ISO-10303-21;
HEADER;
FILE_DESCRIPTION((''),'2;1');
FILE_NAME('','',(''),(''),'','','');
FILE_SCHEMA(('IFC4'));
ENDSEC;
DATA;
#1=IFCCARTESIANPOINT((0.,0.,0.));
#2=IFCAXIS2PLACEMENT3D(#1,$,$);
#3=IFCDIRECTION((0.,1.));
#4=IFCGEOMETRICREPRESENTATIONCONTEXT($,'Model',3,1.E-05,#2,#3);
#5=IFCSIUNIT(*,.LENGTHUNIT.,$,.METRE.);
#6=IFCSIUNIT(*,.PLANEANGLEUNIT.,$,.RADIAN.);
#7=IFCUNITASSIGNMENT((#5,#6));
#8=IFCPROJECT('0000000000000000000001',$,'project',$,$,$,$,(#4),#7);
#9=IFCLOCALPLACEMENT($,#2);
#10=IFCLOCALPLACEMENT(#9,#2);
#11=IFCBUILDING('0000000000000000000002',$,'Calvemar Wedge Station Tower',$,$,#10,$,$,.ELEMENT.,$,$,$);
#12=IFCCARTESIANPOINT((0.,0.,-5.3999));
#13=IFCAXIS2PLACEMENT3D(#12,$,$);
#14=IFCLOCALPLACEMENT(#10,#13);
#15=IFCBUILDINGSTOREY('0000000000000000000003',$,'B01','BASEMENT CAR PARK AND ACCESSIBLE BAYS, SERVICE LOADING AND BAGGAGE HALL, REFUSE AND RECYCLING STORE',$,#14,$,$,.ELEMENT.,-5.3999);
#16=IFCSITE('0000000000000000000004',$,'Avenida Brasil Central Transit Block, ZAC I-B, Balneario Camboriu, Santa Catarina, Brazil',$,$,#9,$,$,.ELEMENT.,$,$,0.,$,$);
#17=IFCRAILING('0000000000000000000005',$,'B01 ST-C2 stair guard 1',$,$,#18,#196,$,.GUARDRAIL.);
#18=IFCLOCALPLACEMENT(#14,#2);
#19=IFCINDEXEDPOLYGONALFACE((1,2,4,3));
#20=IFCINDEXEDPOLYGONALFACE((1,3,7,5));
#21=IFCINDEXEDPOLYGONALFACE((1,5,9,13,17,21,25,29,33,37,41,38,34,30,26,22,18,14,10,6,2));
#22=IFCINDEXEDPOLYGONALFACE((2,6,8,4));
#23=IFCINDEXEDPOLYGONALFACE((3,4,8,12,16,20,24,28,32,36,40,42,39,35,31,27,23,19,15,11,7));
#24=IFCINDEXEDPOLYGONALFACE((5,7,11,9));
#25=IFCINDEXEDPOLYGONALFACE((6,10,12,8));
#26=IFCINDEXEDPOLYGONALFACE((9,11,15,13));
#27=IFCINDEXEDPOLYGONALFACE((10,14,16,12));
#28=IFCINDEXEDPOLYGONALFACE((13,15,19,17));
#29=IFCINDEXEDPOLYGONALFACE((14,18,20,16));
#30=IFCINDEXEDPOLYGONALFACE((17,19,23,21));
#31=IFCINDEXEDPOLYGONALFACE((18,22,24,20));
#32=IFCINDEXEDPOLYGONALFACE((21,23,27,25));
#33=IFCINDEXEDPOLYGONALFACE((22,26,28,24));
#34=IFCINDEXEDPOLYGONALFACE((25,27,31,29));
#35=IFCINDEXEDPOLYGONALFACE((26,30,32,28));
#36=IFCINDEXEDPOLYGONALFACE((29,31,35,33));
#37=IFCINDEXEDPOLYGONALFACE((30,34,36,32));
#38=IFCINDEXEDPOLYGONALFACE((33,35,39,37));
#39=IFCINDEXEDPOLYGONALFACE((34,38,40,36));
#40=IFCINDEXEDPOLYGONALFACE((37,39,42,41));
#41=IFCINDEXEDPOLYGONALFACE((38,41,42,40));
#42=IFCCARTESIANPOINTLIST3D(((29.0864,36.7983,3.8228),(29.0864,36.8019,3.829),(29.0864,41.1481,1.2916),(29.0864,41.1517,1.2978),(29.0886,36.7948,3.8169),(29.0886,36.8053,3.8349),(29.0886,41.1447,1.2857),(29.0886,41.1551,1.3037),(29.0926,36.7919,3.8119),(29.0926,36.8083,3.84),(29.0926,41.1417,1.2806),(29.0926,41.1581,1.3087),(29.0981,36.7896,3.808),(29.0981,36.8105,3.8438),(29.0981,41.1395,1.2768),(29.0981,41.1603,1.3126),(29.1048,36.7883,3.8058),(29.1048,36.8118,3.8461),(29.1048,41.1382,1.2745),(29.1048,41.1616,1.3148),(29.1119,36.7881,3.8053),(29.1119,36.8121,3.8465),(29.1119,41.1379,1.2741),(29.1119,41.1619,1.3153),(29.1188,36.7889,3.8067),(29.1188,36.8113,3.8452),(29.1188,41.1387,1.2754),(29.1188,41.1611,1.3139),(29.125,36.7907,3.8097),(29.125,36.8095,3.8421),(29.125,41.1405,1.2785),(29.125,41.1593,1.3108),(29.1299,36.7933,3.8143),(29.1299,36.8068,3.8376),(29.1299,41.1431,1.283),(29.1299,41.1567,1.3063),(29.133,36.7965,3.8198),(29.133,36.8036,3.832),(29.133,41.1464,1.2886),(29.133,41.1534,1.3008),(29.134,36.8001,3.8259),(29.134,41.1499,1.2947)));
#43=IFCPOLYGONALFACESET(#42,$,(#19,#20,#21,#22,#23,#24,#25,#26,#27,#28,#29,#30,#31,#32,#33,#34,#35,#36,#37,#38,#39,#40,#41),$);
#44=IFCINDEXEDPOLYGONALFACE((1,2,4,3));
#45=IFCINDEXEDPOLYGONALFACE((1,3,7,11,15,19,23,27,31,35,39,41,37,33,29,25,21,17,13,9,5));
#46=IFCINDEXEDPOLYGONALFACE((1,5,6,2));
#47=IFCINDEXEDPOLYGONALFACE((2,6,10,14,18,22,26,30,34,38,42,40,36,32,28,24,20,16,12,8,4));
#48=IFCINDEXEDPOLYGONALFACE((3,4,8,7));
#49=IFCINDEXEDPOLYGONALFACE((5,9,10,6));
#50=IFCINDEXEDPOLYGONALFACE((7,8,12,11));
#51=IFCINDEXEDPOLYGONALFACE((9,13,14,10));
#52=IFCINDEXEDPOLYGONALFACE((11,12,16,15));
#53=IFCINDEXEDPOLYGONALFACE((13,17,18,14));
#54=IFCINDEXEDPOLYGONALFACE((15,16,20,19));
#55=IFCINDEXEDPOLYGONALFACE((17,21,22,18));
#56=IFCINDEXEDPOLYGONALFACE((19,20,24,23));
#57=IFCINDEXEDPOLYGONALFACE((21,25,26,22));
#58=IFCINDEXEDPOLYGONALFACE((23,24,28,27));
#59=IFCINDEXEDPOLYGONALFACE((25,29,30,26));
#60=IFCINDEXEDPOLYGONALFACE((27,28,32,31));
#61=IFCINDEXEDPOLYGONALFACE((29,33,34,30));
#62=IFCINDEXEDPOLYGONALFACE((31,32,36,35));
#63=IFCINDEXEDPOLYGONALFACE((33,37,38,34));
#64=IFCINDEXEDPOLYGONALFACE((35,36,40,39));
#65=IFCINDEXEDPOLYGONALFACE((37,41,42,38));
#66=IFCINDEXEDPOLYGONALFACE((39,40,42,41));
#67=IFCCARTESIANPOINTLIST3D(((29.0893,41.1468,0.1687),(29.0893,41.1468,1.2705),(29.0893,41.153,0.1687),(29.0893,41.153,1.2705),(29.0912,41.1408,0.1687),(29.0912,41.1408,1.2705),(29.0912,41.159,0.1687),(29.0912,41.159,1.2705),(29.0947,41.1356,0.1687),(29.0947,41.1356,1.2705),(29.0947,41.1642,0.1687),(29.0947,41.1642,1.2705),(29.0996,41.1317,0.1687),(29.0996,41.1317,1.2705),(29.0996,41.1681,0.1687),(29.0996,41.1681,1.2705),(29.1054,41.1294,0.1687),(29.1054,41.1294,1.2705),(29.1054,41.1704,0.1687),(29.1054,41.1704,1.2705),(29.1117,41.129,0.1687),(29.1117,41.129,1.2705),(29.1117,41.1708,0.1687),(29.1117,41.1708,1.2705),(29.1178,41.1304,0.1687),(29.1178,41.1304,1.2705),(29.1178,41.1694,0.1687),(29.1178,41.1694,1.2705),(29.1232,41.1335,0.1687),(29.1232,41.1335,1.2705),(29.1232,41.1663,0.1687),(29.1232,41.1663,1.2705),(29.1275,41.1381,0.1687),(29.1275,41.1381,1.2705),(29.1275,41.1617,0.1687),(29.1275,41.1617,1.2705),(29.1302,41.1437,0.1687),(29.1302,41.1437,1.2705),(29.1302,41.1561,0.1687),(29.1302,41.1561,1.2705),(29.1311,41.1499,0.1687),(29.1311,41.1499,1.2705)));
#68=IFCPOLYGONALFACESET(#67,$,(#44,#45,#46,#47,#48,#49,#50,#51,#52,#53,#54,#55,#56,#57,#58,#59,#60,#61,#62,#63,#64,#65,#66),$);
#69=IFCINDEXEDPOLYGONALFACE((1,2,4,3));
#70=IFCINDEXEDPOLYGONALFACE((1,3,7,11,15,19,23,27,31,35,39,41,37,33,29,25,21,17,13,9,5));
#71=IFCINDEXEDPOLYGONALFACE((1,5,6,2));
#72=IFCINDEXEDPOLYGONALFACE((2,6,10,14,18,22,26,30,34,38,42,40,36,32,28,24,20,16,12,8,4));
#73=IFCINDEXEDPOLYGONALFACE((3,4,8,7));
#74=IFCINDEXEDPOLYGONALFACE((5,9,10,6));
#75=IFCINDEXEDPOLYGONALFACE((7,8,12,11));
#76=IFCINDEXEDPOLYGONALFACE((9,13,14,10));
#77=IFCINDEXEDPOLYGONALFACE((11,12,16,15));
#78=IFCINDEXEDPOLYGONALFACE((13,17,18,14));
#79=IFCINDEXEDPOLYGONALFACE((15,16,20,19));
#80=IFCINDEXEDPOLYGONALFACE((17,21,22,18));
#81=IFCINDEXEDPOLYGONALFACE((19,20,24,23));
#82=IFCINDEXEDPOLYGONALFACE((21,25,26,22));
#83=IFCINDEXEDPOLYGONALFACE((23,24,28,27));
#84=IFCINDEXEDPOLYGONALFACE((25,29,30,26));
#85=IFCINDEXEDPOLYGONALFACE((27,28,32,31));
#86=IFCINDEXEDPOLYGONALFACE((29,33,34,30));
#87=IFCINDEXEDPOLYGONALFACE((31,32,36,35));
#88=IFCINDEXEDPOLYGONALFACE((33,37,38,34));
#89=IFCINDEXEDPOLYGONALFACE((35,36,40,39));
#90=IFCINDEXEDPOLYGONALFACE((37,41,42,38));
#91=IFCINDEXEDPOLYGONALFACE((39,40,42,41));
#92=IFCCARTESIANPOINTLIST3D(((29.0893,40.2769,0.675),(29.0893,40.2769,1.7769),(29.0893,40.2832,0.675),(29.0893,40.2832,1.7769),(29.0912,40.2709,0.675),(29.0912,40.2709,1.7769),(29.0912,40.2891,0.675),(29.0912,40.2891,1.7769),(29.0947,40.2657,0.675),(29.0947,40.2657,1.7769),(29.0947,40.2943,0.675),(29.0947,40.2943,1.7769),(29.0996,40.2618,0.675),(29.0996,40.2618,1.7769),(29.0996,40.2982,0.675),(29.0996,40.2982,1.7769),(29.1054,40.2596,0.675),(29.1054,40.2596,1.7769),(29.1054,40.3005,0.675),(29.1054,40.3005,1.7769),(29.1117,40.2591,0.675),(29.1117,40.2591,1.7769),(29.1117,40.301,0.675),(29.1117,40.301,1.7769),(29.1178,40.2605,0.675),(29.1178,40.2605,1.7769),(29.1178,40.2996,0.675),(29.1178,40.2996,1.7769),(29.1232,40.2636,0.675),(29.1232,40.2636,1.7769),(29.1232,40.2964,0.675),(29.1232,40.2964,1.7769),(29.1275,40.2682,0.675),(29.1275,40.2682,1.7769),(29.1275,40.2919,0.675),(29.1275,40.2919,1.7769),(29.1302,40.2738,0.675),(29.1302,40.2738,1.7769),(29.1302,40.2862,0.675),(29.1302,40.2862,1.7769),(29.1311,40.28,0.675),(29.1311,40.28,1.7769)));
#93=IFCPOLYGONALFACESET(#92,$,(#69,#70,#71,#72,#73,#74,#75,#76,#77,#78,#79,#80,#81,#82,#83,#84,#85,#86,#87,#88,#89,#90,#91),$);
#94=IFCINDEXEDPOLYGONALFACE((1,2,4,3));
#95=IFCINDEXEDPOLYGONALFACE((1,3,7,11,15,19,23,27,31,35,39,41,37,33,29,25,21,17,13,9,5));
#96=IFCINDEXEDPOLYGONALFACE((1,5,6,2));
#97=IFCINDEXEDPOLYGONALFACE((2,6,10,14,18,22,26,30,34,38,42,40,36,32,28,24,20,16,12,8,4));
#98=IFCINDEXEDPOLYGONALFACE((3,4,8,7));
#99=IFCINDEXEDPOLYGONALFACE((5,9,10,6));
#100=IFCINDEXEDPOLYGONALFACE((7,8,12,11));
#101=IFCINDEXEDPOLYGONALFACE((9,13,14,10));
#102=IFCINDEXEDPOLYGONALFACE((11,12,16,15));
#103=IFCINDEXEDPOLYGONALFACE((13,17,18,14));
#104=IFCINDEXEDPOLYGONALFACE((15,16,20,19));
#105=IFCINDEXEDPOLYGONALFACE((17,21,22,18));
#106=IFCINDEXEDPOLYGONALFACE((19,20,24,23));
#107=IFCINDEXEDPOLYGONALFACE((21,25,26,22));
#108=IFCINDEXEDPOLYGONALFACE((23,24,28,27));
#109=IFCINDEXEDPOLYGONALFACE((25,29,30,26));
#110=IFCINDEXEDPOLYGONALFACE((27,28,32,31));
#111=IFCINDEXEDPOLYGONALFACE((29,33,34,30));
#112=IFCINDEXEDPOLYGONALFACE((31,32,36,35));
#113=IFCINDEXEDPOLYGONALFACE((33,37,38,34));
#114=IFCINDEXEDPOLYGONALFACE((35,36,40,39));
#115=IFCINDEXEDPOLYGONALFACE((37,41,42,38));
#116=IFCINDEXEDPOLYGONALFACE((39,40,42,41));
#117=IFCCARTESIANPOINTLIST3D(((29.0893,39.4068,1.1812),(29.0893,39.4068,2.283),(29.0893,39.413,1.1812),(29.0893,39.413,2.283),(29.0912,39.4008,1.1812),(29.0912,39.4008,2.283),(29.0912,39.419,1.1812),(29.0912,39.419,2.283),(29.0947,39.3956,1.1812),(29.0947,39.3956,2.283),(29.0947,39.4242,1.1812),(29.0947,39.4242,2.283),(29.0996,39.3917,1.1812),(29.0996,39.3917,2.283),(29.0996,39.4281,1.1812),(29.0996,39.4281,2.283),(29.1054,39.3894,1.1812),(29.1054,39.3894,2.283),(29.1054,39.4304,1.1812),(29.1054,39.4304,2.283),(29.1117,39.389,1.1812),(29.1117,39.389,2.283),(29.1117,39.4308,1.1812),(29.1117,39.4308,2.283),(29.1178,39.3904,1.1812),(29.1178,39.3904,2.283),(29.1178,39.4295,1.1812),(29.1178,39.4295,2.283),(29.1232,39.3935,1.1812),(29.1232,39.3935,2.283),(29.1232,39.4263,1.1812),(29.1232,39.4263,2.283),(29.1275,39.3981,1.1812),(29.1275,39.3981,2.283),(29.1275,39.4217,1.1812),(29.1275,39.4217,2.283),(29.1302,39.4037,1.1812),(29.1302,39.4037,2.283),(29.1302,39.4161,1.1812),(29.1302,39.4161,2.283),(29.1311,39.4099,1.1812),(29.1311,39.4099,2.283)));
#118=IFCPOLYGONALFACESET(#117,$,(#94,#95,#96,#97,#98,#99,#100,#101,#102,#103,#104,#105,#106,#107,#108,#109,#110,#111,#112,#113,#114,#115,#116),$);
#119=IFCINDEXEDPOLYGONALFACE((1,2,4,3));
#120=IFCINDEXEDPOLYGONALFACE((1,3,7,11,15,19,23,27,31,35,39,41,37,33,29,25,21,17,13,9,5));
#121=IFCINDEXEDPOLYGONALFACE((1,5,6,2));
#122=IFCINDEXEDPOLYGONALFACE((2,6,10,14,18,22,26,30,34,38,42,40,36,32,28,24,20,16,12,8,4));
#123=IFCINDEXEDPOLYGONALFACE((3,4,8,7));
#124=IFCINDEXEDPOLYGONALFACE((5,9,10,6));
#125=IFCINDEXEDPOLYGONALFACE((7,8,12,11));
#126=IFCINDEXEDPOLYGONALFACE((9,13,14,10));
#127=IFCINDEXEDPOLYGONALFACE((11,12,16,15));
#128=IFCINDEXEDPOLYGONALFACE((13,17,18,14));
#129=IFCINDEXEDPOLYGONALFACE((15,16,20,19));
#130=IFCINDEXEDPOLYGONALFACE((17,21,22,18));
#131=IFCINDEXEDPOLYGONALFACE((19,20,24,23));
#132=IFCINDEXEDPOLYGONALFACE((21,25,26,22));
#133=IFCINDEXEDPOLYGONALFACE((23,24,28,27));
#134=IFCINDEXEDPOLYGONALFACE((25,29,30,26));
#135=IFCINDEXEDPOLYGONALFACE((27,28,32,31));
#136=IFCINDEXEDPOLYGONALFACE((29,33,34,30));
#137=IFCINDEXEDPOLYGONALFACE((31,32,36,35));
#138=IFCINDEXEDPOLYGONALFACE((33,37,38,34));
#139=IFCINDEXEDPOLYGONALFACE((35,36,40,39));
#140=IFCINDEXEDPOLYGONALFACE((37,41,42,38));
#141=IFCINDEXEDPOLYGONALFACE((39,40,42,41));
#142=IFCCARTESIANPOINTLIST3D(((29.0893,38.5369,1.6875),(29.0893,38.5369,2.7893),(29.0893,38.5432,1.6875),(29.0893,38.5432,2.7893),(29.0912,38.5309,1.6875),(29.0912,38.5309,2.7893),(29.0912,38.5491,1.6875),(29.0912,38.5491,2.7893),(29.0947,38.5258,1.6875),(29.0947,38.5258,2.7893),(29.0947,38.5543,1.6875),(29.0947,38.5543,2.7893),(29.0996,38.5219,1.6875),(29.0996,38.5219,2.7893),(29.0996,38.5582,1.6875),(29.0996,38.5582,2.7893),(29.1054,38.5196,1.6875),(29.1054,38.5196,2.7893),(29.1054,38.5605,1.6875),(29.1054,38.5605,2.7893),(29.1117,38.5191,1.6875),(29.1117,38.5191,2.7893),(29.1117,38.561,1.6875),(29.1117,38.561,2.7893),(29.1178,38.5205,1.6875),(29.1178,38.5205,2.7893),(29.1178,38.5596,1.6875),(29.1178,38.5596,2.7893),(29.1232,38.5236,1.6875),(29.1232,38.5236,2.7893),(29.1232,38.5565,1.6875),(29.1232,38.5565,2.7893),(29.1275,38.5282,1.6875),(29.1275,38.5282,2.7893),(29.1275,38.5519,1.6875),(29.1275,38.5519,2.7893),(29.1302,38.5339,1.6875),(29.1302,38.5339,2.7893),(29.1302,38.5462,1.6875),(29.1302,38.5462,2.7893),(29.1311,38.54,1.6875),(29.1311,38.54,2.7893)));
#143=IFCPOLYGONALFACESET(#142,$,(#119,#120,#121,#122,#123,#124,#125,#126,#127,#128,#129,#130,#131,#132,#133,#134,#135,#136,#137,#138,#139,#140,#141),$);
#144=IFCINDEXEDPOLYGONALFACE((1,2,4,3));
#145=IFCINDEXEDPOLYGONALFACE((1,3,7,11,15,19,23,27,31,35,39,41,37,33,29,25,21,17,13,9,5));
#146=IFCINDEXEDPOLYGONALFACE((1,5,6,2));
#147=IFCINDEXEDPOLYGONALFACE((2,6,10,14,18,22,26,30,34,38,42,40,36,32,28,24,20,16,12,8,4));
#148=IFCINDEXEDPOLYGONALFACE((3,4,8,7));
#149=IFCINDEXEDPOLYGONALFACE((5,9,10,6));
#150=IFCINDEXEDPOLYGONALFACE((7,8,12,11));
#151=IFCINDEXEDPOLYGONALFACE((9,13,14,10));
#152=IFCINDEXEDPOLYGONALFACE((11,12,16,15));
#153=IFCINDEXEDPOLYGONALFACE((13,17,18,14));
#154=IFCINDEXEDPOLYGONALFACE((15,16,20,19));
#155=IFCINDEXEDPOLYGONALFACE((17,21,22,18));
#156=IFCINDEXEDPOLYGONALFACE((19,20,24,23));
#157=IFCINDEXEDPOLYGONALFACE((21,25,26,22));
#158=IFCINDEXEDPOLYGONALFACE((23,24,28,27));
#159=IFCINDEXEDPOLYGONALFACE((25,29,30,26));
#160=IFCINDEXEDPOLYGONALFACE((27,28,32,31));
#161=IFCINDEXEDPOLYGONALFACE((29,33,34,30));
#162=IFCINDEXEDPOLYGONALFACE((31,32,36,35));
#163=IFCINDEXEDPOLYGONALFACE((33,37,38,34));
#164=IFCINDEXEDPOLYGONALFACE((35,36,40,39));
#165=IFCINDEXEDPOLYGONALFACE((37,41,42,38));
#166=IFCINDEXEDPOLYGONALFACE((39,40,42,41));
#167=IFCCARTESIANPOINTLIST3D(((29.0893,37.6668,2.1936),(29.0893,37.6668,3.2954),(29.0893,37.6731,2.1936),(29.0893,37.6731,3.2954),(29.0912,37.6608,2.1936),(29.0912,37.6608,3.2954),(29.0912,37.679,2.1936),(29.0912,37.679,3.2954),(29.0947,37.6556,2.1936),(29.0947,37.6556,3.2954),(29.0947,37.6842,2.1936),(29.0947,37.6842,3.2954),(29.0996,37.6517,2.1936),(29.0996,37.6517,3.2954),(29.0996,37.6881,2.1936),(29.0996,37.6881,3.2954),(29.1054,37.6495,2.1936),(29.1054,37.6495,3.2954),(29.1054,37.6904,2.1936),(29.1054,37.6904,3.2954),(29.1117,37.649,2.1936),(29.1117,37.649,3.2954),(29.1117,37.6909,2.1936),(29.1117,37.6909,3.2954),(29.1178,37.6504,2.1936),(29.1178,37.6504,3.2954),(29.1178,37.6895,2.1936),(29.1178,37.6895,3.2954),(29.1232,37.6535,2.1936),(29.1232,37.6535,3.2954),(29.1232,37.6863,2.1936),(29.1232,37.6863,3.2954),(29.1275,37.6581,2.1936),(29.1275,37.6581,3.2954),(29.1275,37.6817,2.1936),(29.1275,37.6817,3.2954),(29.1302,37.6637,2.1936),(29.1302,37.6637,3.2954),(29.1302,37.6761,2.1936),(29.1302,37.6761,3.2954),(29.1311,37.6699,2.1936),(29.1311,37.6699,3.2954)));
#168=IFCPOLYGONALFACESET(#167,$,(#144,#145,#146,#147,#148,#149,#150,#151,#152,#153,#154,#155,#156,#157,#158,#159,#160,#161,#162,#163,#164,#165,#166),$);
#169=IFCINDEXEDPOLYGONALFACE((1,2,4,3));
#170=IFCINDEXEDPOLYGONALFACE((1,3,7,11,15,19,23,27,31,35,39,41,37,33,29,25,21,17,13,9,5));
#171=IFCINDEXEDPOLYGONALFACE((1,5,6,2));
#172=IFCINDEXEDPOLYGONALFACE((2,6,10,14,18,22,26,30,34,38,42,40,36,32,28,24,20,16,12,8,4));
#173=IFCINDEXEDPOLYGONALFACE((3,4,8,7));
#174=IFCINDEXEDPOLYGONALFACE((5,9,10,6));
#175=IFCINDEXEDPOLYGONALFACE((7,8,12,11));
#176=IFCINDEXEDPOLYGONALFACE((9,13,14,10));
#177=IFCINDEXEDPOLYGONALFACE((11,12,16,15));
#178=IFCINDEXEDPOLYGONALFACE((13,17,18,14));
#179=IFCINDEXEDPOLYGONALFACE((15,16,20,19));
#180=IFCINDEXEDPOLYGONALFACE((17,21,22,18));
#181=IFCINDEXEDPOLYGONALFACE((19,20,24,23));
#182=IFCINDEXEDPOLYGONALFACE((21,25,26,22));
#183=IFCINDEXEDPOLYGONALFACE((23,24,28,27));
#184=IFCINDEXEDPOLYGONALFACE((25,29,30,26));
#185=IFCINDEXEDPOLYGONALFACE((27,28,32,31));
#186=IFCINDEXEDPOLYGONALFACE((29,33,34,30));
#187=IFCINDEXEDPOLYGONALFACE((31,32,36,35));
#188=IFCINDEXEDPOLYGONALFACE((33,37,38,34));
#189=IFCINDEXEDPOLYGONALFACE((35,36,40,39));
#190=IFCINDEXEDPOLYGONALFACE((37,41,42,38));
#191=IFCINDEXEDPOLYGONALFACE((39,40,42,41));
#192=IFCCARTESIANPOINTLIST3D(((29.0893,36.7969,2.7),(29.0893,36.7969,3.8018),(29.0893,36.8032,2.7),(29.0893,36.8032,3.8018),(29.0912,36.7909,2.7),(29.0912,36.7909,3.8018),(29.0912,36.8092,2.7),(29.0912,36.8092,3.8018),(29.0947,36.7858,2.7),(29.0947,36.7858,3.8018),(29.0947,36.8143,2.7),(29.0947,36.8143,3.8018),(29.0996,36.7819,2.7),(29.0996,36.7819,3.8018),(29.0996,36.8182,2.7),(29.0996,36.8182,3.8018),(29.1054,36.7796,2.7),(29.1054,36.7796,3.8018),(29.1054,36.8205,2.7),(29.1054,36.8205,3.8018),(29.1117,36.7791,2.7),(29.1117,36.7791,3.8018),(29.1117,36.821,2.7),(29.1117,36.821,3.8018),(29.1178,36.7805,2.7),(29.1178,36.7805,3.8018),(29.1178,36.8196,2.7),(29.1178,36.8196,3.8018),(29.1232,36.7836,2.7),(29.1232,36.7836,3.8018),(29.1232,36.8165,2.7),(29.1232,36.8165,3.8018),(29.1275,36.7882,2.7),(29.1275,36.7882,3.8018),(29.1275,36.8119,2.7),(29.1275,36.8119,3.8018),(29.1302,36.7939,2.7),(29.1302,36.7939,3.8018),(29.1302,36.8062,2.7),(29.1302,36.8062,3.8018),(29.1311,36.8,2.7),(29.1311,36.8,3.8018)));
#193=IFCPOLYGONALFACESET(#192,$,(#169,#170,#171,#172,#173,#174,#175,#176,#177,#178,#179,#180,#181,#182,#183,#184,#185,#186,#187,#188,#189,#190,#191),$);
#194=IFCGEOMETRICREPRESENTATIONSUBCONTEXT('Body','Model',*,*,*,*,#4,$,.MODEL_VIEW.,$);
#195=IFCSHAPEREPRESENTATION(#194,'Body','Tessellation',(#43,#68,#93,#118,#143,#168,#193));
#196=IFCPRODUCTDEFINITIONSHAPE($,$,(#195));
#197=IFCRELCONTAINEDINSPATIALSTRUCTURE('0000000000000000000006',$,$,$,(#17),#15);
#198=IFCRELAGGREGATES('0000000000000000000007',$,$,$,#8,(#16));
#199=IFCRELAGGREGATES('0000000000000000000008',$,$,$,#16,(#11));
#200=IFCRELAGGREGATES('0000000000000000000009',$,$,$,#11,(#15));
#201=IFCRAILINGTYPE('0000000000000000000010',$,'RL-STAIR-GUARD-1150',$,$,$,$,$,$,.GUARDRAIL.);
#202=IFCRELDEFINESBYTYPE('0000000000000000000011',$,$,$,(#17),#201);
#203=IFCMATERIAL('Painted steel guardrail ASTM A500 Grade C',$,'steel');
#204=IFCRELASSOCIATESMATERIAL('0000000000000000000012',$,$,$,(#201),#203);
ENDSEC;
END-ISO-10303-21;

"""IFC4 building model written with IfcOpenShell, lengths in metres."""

from ifc_helpers import new_model, si_unit, direction, frame, origin, origin_2d, place, context, subcontext, project, spatial, circle, extrude, material, type_object, element, save


model = new_model("IFC4")

# Units and contexts
model_context = context("Model", 3, precision=1e-05, world=origin(), true_north=direction((0.0, 1.0)))
body_context = subcontext(model_context, "Body", "Model", "MODEL_VIEW")
ifc_project = project(units=[si_unit("LENGTHUNIT", "METRE"), si_unit("PLANEANGLEUNIT", "RADIAN")], contexts=[model_context])

# Site, building, storey
site_placement = place(None, origin())
site = spatial("IfcSite", under=ifc_project, at=site_placement, Name="Avenida Brasil Central Transit Block, ZAC I-B, Balneario Camboriu, Santa Catarina, Brazil", CompositionType="ELEMENT", RefElevation=0.0)
building_placement = place(site_placement, origin())
building = spatial("IfcBuilding", under=site, at=building_placement, Name="Calvemar Wedge Station Tower", CompositionType="ELEMENT")
storey_placement = place(building_placement, frame((0.0, 0.0, -5.3999)))
storey = spatial("IfcBuildingStorey", under=building, at=storey_placement, Name="B01", Description="BASEMENT CAR PARK AND ACCESSIBLE BAYS, SERVICE LOADING AND BAGGAGE HALL, REFUSE AND RECYCLING STORE", CompositionType="ELEMENT", Elevation=-5.3999)

# Railing
ifc_material_1 = material(Name="Painted steel guardrail ASTM A500 Grade C", Category="steel")
railing_type_1 = type_object("IfcRailingType", Name="RL-STAIR-GUARD-1150", PredefinedType="GUARDRAIL", material=ifc_material_1)
railing_1_placement = place(storey_placement, frame((29.1101, 41.1499, 0.1687)))
element("IfcRailing", 1, at=railing_1_placement, inside=storey, type_object=railing_type_1, Name="B01 ST-C2 stair guard 1", PredefinedType="GUARDRAIL", context=body_context, shape_type="SweptSolid", body=[
    extrude(circle(Radius=0.0239, at=origin_2d()), frame((0.0, 0.0, 1.126), z_axis=(0.0, -0.864312, 0.502957), x_axis=(1.0, 0.0, 0.0)), (0.0, 0.0, 1.0), 5.0327),
    extrude(circle(Radius=0.021, at=origin_2d()), origin(), (0.0, 0.0, 1.0), 1.1018),
    extrude(circle(Radius=0.021, at=origin_2d()), frame((0.0, -0.8699, 0.5063)), (0.0, 0.0, 1.0), 1.1018),
    extrude(circle(Radius=0.021, at=origin_2d()), frame((0.0, -1.74, 1.0125)), (0.0, 0.0, 1.0), 1.1018),
    extrude(circle(Radius=0.021, at=origin_2d()), frame((0.0, -2.6099, 1.5188)), (0.0, 0.0, 1.0), 1.1018),
    extrude(circle(Radius=0.021, at=origin_2d()), frame((0.0, -3.48, 2.0249)), (0.0, 0.0, 1.0), 1.1018),
    extrude(circle(Radius=0.021, at=origin_2d()), frame((0.0, -4.3499, 2.5312)), (0.0, 0.0, 1.0), 1.1018),
])

save(model, "model.ifc")
